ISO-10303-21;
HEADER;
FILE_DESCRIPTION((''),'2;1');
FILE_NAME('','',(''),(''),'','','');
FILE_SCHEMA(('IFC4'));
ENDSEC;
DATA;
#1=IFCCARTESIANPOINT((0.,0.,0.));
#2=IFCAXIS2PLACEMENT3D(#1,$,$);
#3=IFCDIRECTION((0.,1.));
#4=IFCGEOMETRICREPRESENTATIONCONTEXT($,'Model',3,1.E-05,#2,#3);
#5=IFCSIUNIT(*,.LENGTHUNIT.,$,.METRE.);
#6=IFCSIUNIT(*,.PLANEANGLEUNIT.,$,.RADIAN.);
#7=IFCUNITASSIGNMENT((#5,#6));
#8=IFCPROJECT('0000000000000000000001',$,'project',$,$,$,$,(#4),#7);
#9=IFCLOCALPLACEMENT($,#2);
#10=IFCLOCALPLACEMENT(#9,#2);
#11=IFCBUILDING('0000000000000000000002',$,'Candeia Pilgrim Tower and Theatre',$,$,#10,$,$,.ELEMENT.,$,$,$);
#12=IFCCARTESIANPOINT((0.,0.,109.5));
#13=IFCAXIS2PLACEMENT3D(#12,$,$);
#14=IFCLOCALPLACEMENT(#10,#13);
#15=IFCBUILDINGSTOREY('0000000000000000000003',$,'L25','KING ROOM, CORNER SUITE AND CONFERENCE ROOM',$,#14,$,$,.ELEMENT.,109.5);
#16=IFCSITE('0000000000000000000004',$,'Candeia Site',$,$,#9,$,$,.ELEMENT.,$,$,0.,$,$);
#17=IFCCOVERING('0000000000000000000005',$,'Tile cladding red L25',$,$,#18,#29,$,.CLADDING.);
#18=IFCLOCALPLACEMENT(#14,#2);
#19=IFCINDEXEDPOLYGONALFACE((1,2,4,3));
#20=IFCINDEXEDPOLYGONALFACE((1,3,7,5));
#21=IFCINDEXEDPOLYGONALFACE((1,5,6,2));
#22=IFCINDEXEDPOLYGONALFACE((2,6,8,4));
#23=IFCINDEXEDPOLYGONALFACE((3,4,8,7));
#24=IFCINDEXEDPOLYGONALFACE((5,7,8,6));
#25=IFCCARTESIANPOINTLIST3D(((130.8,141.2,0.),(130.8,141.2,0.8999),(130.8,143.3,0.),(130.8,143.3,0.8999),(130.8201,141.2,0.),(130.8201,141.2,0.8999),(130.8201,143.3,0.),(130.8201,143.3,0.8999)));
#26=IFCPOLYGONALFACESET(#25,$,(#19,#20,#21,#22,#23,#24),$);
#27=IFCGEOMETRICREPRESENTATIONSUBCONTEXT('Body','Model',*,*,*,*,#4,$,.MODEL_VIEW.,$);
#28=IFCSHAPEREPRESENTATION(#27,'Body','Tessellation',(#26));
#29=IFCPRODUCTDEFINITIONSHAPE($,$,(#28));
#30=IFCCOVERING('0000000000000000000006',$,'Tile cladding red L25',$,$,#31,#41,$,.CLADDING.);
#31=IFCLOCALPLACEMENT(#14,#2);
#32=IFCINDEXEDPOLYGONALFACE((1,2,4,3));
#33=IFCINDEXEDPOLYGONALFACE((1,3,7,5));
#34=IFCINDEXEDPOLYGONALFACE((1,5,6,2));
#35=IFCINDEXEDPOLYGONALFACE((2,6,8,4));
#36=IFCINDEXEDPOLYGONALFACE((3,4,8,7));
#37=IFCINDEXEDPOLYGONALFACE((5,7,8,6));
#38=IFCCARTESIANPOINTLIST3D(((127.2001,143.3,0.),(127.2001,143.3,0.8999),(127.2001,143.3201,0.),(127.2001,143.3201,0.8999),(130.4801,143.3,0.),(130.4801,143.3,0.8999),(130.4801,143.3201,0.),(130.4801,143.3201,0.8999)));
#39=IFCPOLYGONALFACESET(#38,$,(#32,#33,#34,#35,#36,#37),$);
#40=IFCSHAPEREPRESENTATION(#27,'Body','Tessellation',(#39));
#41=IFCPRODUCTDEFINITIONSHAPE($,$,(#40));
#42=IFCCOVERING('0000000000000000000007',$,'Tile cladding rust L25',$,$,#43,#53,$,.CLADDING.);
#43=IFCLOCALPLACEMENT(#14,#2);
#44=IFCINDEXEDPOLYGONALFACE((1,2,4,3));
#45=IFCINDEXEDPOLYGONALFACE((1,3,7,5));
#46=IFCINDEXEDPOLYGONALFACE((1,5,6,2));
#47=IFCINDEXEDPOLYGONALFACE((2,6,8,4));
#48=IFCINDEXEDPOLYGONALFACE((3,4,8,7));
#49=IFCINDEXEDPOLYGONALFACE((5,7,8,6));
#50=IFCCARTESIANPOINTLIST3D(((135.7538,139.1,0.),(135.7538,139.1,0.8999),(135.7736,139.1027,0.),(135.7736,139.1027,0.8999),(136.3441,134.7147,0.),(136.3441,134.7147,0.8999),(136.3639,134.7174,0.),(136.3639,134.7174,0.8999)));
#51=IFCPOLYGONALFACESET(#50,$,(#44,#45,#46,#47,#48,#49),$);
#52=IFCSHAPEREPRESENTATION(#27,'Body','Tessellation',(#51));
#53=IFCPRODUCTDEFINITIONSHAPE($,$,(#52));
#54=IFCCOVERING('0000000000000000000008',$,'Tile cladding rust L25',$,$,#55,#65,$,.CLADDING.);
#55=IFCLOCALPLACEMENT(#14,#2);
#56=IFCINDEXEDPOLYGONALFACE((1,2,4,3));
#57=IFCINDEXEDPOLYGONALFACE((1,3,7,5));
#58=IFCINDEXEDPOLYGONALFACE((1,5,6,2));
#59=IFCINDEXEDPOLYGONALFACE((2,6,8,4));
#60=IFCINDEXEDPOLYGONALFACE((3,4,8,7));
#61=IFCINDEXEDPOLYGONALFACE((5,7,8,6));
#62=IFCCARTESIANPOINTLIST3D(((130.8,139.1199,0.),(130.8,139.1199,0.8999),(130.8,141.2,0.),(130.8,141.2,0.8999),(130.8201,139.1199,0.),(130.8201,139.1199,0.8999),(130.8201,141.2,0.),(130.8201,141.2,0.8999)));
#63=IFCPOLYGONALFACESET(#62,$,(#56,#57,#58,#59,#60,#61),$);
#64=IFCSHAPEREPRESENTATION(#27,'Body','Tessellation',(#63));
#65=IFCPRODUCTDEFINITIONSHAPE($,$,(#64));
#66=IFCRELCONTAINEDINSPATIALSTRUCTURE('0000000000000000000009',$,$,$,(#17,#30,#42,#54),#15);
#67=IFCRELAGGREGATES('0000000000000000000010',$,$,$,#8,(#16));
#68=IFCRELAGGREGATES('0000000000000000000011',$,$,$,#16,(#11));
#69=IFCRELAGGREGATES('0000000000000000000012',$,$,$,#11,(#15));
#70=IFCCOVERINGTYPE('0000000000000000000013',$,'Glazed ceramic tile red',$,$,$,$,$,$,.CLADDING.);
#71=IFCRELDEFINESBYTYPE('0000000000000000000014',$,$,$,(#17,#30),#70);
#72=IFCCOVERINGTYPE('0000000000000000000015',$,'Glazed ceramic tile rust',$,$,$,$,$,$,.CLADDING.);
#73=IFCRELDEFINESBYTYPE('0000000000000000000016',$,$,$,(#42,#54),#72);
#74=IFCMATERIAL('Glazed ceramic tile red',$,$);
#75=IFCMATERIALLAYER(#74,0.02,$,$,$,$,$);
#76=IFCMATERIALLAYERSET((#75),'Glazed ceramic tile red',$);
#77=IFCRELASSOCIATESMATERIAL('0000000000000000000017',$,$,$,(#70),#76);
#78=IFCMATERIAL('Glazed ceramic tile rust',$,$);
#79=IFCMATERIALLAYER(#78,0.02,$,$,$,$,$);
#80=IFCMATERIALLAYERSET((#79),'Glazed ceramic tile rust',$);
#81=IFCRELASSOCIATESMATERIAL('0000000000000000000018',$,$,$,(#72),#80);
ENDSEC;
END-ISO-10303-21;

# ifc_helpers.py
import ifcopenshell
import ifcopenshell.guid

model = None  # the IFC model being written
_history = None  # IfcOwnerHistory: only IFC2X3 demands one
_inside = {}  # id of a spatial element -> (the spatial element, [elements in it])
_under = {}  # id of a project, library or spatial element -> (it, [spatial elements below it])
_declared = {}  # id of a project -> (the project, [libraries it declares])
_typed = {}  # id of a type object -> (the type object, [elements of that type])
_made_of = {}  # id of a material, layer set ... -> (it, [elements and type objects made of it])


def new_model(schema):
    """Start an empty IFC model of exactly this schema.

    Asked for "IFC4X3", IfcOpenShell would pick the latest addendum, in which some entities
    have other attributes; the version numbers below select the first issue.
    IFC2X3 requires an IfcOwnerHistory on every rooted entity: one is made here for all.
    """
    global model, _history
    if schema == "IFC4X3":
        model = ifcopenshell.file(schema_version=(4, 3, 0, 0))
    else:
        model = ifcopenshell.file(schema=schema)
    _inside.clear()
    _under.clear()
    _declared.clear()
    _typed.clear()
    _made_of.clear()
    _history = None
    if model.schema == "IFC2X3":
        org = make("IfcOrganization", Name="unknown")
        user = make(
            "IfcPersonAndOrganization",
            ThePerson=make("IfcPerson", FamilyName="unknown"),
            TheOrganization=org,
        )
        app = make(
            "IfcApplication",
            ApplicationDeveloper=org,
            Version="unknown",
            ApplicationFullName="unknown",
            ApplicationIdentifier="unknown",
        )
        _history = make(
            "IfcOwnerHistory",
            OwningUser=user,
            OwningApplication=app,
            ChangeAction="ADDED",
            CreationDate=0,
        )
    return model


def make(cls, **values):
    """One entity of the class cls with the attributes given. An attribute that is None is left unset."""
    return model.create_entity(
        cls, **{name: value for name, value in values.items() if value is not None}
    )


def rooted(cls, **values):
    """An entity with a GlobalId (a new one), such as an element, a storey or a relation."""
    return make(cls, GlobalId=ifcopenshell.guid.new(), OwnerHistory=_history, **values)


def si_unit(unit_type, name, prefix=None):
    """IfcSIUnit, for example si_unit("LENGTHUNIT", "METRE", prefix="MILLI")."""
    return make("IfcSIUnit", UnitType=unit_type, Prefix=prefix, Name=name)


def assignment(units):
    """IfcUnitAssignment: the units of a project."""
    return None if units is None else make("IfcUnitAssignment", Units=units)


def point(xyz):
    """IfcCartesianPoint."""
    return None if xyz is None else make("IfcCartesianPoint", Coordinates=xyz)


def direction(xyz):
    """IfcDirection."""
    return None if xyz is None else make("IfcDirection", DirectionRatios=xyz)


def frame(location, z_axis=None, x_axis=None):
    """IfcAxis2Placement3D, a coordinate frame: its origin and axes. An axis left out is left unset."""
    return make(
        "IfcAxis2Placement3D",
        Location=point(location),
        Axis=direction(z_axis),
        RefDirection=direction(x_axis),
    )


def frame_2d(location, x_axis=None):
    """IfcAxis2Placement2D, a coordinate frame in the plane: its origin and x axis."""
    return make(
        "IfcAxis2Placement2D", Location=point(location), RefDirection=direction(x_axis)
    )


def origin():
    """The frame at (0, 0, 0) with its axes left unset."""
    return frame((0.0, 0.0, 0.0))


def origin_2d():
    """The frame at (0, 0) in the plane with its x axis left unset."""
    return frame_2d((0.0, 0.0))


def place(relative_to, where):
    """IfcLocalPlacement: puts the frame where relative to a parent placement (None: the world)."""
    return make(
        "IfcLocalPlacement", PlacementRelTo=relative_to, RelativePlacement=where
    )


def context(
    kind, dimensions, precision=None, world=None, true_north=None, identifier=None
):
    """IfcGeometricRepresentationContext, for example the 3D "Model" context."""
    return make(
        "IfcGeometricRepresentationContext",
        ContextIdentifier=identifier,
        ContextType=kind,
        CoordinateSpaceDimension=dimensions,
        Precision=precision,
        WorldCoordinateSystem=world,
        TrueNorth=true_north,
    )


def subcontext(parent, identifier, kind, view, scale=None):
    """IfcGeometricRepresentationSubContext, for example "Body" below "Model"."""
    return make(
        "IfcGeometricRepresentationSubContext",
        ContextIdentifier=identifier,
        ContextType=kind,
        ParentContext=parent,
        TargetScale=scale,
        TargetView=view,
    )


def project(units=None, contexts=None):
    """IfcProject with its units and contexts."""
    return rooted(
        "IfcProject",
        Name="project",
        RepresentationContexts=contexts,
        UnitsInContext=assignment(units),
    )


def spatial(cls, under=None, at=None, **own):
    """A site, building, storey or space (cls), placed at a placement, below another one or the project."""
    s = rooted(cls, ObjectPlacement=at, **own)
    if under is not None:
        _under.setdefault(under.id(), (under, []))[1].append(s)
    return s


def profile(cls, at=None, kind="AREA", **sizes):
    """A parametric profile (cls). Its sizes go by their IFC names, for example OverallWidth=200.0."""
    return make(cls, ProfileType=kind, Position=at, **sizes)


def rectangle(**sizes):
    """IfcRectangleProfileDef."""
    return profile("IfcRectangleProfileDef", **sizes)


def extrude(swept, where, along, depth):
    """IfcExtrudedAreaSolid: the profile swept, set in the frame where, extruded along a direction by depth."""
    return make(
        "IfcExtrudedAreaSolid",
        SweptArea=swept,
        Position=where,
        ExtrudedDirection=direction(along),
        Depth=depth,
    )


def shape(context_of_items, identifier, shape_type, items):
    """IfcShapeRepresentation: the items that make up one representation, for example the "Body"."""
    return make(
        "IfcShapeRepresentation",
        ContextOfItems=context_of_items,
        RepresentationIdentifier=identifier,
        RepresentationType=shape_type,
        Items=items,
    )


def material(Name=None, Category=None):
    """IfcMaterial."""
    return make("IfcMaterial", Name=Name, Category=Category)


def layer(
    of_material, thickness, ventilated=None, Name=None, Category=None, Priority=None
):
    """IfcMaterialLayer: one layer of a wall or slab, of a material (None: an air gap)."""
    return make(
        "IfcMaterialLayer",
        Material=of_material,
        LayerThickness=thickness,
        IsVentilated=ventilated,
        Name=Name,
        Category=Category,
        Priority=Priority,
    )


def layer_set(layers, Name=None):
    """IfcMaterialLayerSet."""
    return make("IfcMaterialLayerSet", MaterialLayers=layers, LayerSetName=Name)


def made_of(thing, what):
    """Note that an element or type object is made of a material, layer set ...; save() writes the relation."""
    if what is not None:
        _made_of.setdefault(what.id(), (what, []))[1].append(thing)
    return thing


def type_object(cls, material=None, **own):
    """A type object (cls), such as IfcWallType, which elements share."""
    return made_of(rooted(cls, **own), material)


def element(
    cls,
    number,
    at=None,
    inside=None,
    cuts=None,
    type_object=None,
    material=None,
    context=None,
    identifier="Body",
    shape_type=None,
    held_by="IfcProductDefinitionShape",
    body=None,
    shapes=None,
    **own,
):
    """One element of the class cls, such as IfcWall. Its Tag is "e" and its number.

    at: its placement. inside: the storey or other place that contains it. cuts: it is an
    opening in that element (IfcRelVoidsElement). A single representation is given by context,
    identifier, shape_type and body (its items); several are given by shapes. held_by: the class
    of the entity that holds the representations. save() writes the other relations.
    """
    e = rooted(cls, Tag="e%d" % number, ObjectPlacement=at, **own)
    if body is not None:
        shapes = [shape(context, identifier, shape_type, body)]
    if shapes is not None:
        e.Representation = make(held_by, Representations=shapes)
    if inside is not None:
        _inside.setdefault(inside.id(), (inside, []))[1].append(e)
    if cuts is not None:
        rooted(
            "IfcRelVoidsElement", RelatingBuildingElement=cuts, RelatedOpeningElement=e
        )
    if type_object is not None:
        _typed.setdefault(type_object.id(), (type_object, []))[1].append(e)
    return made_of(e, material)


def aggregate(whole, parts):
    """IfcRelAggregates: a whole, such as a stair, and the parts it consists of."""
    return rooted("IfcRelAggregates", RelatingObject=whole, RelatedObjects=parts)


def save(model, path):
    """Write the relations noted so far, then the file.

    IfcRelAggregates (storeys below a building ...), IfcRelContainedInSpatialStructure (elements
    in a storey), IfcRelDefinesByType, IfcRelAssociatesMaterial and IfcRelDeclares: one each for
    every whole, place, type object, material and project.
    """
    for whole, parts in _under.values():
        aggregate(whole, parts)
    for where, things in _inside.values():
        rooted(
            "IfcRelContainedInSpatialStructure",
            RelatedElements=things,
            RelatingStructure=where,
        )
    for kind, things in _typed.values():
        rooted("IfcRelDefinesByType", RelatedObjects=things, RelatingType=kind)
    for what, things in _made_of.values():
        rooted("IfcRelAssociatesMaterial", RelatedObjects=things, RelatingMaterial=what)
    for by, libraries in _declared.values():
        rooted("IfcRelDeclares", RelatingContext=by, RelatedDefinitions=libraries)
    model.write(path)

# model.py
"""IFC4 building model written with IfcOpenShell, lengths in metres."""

from ifc_helpers import new_model, si_unit, direction, frame, origin, origin_2d, place, context, subcontext, project, spatial, rectangle, extrude, material, layer, layer_set, type_object, element, save


model = new_model("IFC4")

# Units and contexts
model_context = context("Model", 3, precision=1e-05, world=origin(), true_north=direction((0.0, 1.0)))
body_context = subcontext(model_context, "Body", "Model", "MODEL_VIEW")
ifc_project = project(units=[si_unit("LENGTHUNIT", "METRE"), si_unit("PLANEANGLEUNIT", "RADIAN")], contexts=[model_context])

# Site, building, storey
site_placement = place(None, origin())
site = spatial("IfcSite", under=ifc_project, at=site_placement, Name="Candeia Site", CompositionType="ELEMENT", RefElevation=0.0)
building_placement = place(site_placement, origin())
building = spatial("IfcBuilding", under=site, at=building_placement, Name="Candeia Pilgrim Tower and Theatre", CompositionType="ELEMENT")
storey_placement = place(building_placement, frame((0.0, 0.0, 109.5)))
storey = spatial("IfcBuildingStorey", under=building, at=storey_placement, Name="L25", Description="KING ROOM, CORNER SUITE AND CONFERENCE ROOM", CompositionType="ELEMENT", Elevation=109.5)

# Coverings
ifc_material_1 = material(Name="Glazed ceramic tile red")
ifc_layer_1 = layer(ifc_material_1, 0.02)
ifc_layer_set_1 = layer_set([ifc_layer_1], Name="Glazed ceramic tile red")
covering_type_1 = type_object("IfcCoveringType", Name="Glazed ceramic tile red", PredefinedType="CLADDING", material=ifc_layer_set_1)
covering_1_placement = place(storey_placement, frame((130.8101, 142.25, 0.0), z_axis=(0.0, 0.0, 1.0), x_axis=(0.0, 1.0, 0.0)))
element("IfcCovering", 1, at=covering_1_placement, inside=storey, type_object=covering_type_1, Name="Tile cladding red L25", PredefinedType="CLADDING", context=body_context, shape_type="SweptSolid", body=[
    extrude(rectangle(XDim=2.1001, YDim=0.02, at=origin_2d()), origin(), (0.0, 0.0, 1.0), 0.8999),
])
covering_2_placement = place(storey_placement, frame((128.8401, 143.3101, 0.0), z_axis=(0.0, 0.0, 1.0), x_axis=(-1.0, 0.0, 0.0)))
element("IfcCovering", 2, at=covering_2_placement, inside=storey, type_object=covering_type_1, Name="Tile cladding red L25", PredefinedType="CLADDING", context=body_context, shape_type="SweptSolid", body=[
    extrude(rectangle(XDim=3.28, YDim=0.02, at=origin_2d()), origin(), (0.0, 0.0, 1.0), 0.8999),
])
ifc_material_2 = material(Name="Glazed ceramic tile rust")
ifc_layer_2 = layer(ifc_material_2, 0.02)
ifc_layer_set_2 = layer_set([ifc_layer_2], Name="Glazed ceramic tile rust")
covering_type_2 = type_object("IfcCoveringType", Name="Glazed ceramic tile rust", PredefinedType="CLADDING", material=ifc_layer_set_2)
covering_3_placement = place(storey_placement, frame((136.0588, 136.9087, 0.0), z_axis=(0.0, 0.0, 1.0), x_axis=(-0.133412, 0.991061, 0.0)))
element("IfcCovering", 3, at=covering_3_placement, inside=storey, type_object=covering_type_2, Name="Tile cladding rust L25", PredefinedType="CLADDING", context=body_context, shape_type="SweptSolid", body=[
    extrude(rectangle(XDim=4.4248, YDim=0.02, at=origin_2d()), origin(), (0.0, 0.0, 1.0), 0.8999),
])
covering_4_placement = place(storey_placement, frame((130.8101, 140.1599, 0.0), z_axis=(0.0, 0.0, 1.0), x_axis=(0.0, 1.0, 0.0)))
element("IfcCovering", 4, at=covering_4_placement, inside=storey, type_object=covering_type_2, Name="Tile cladding rust L25", PredefinedType="CLADDING", context=body_context, shape_type="SweptSolid", body=[
    extrude(rectangle(XDim=2.0801, YDim=0.02, at=origin_2d()), origin(), (0.0, 0.0, 1.0), 0.8999),
])

save(model, "model.ifc")
